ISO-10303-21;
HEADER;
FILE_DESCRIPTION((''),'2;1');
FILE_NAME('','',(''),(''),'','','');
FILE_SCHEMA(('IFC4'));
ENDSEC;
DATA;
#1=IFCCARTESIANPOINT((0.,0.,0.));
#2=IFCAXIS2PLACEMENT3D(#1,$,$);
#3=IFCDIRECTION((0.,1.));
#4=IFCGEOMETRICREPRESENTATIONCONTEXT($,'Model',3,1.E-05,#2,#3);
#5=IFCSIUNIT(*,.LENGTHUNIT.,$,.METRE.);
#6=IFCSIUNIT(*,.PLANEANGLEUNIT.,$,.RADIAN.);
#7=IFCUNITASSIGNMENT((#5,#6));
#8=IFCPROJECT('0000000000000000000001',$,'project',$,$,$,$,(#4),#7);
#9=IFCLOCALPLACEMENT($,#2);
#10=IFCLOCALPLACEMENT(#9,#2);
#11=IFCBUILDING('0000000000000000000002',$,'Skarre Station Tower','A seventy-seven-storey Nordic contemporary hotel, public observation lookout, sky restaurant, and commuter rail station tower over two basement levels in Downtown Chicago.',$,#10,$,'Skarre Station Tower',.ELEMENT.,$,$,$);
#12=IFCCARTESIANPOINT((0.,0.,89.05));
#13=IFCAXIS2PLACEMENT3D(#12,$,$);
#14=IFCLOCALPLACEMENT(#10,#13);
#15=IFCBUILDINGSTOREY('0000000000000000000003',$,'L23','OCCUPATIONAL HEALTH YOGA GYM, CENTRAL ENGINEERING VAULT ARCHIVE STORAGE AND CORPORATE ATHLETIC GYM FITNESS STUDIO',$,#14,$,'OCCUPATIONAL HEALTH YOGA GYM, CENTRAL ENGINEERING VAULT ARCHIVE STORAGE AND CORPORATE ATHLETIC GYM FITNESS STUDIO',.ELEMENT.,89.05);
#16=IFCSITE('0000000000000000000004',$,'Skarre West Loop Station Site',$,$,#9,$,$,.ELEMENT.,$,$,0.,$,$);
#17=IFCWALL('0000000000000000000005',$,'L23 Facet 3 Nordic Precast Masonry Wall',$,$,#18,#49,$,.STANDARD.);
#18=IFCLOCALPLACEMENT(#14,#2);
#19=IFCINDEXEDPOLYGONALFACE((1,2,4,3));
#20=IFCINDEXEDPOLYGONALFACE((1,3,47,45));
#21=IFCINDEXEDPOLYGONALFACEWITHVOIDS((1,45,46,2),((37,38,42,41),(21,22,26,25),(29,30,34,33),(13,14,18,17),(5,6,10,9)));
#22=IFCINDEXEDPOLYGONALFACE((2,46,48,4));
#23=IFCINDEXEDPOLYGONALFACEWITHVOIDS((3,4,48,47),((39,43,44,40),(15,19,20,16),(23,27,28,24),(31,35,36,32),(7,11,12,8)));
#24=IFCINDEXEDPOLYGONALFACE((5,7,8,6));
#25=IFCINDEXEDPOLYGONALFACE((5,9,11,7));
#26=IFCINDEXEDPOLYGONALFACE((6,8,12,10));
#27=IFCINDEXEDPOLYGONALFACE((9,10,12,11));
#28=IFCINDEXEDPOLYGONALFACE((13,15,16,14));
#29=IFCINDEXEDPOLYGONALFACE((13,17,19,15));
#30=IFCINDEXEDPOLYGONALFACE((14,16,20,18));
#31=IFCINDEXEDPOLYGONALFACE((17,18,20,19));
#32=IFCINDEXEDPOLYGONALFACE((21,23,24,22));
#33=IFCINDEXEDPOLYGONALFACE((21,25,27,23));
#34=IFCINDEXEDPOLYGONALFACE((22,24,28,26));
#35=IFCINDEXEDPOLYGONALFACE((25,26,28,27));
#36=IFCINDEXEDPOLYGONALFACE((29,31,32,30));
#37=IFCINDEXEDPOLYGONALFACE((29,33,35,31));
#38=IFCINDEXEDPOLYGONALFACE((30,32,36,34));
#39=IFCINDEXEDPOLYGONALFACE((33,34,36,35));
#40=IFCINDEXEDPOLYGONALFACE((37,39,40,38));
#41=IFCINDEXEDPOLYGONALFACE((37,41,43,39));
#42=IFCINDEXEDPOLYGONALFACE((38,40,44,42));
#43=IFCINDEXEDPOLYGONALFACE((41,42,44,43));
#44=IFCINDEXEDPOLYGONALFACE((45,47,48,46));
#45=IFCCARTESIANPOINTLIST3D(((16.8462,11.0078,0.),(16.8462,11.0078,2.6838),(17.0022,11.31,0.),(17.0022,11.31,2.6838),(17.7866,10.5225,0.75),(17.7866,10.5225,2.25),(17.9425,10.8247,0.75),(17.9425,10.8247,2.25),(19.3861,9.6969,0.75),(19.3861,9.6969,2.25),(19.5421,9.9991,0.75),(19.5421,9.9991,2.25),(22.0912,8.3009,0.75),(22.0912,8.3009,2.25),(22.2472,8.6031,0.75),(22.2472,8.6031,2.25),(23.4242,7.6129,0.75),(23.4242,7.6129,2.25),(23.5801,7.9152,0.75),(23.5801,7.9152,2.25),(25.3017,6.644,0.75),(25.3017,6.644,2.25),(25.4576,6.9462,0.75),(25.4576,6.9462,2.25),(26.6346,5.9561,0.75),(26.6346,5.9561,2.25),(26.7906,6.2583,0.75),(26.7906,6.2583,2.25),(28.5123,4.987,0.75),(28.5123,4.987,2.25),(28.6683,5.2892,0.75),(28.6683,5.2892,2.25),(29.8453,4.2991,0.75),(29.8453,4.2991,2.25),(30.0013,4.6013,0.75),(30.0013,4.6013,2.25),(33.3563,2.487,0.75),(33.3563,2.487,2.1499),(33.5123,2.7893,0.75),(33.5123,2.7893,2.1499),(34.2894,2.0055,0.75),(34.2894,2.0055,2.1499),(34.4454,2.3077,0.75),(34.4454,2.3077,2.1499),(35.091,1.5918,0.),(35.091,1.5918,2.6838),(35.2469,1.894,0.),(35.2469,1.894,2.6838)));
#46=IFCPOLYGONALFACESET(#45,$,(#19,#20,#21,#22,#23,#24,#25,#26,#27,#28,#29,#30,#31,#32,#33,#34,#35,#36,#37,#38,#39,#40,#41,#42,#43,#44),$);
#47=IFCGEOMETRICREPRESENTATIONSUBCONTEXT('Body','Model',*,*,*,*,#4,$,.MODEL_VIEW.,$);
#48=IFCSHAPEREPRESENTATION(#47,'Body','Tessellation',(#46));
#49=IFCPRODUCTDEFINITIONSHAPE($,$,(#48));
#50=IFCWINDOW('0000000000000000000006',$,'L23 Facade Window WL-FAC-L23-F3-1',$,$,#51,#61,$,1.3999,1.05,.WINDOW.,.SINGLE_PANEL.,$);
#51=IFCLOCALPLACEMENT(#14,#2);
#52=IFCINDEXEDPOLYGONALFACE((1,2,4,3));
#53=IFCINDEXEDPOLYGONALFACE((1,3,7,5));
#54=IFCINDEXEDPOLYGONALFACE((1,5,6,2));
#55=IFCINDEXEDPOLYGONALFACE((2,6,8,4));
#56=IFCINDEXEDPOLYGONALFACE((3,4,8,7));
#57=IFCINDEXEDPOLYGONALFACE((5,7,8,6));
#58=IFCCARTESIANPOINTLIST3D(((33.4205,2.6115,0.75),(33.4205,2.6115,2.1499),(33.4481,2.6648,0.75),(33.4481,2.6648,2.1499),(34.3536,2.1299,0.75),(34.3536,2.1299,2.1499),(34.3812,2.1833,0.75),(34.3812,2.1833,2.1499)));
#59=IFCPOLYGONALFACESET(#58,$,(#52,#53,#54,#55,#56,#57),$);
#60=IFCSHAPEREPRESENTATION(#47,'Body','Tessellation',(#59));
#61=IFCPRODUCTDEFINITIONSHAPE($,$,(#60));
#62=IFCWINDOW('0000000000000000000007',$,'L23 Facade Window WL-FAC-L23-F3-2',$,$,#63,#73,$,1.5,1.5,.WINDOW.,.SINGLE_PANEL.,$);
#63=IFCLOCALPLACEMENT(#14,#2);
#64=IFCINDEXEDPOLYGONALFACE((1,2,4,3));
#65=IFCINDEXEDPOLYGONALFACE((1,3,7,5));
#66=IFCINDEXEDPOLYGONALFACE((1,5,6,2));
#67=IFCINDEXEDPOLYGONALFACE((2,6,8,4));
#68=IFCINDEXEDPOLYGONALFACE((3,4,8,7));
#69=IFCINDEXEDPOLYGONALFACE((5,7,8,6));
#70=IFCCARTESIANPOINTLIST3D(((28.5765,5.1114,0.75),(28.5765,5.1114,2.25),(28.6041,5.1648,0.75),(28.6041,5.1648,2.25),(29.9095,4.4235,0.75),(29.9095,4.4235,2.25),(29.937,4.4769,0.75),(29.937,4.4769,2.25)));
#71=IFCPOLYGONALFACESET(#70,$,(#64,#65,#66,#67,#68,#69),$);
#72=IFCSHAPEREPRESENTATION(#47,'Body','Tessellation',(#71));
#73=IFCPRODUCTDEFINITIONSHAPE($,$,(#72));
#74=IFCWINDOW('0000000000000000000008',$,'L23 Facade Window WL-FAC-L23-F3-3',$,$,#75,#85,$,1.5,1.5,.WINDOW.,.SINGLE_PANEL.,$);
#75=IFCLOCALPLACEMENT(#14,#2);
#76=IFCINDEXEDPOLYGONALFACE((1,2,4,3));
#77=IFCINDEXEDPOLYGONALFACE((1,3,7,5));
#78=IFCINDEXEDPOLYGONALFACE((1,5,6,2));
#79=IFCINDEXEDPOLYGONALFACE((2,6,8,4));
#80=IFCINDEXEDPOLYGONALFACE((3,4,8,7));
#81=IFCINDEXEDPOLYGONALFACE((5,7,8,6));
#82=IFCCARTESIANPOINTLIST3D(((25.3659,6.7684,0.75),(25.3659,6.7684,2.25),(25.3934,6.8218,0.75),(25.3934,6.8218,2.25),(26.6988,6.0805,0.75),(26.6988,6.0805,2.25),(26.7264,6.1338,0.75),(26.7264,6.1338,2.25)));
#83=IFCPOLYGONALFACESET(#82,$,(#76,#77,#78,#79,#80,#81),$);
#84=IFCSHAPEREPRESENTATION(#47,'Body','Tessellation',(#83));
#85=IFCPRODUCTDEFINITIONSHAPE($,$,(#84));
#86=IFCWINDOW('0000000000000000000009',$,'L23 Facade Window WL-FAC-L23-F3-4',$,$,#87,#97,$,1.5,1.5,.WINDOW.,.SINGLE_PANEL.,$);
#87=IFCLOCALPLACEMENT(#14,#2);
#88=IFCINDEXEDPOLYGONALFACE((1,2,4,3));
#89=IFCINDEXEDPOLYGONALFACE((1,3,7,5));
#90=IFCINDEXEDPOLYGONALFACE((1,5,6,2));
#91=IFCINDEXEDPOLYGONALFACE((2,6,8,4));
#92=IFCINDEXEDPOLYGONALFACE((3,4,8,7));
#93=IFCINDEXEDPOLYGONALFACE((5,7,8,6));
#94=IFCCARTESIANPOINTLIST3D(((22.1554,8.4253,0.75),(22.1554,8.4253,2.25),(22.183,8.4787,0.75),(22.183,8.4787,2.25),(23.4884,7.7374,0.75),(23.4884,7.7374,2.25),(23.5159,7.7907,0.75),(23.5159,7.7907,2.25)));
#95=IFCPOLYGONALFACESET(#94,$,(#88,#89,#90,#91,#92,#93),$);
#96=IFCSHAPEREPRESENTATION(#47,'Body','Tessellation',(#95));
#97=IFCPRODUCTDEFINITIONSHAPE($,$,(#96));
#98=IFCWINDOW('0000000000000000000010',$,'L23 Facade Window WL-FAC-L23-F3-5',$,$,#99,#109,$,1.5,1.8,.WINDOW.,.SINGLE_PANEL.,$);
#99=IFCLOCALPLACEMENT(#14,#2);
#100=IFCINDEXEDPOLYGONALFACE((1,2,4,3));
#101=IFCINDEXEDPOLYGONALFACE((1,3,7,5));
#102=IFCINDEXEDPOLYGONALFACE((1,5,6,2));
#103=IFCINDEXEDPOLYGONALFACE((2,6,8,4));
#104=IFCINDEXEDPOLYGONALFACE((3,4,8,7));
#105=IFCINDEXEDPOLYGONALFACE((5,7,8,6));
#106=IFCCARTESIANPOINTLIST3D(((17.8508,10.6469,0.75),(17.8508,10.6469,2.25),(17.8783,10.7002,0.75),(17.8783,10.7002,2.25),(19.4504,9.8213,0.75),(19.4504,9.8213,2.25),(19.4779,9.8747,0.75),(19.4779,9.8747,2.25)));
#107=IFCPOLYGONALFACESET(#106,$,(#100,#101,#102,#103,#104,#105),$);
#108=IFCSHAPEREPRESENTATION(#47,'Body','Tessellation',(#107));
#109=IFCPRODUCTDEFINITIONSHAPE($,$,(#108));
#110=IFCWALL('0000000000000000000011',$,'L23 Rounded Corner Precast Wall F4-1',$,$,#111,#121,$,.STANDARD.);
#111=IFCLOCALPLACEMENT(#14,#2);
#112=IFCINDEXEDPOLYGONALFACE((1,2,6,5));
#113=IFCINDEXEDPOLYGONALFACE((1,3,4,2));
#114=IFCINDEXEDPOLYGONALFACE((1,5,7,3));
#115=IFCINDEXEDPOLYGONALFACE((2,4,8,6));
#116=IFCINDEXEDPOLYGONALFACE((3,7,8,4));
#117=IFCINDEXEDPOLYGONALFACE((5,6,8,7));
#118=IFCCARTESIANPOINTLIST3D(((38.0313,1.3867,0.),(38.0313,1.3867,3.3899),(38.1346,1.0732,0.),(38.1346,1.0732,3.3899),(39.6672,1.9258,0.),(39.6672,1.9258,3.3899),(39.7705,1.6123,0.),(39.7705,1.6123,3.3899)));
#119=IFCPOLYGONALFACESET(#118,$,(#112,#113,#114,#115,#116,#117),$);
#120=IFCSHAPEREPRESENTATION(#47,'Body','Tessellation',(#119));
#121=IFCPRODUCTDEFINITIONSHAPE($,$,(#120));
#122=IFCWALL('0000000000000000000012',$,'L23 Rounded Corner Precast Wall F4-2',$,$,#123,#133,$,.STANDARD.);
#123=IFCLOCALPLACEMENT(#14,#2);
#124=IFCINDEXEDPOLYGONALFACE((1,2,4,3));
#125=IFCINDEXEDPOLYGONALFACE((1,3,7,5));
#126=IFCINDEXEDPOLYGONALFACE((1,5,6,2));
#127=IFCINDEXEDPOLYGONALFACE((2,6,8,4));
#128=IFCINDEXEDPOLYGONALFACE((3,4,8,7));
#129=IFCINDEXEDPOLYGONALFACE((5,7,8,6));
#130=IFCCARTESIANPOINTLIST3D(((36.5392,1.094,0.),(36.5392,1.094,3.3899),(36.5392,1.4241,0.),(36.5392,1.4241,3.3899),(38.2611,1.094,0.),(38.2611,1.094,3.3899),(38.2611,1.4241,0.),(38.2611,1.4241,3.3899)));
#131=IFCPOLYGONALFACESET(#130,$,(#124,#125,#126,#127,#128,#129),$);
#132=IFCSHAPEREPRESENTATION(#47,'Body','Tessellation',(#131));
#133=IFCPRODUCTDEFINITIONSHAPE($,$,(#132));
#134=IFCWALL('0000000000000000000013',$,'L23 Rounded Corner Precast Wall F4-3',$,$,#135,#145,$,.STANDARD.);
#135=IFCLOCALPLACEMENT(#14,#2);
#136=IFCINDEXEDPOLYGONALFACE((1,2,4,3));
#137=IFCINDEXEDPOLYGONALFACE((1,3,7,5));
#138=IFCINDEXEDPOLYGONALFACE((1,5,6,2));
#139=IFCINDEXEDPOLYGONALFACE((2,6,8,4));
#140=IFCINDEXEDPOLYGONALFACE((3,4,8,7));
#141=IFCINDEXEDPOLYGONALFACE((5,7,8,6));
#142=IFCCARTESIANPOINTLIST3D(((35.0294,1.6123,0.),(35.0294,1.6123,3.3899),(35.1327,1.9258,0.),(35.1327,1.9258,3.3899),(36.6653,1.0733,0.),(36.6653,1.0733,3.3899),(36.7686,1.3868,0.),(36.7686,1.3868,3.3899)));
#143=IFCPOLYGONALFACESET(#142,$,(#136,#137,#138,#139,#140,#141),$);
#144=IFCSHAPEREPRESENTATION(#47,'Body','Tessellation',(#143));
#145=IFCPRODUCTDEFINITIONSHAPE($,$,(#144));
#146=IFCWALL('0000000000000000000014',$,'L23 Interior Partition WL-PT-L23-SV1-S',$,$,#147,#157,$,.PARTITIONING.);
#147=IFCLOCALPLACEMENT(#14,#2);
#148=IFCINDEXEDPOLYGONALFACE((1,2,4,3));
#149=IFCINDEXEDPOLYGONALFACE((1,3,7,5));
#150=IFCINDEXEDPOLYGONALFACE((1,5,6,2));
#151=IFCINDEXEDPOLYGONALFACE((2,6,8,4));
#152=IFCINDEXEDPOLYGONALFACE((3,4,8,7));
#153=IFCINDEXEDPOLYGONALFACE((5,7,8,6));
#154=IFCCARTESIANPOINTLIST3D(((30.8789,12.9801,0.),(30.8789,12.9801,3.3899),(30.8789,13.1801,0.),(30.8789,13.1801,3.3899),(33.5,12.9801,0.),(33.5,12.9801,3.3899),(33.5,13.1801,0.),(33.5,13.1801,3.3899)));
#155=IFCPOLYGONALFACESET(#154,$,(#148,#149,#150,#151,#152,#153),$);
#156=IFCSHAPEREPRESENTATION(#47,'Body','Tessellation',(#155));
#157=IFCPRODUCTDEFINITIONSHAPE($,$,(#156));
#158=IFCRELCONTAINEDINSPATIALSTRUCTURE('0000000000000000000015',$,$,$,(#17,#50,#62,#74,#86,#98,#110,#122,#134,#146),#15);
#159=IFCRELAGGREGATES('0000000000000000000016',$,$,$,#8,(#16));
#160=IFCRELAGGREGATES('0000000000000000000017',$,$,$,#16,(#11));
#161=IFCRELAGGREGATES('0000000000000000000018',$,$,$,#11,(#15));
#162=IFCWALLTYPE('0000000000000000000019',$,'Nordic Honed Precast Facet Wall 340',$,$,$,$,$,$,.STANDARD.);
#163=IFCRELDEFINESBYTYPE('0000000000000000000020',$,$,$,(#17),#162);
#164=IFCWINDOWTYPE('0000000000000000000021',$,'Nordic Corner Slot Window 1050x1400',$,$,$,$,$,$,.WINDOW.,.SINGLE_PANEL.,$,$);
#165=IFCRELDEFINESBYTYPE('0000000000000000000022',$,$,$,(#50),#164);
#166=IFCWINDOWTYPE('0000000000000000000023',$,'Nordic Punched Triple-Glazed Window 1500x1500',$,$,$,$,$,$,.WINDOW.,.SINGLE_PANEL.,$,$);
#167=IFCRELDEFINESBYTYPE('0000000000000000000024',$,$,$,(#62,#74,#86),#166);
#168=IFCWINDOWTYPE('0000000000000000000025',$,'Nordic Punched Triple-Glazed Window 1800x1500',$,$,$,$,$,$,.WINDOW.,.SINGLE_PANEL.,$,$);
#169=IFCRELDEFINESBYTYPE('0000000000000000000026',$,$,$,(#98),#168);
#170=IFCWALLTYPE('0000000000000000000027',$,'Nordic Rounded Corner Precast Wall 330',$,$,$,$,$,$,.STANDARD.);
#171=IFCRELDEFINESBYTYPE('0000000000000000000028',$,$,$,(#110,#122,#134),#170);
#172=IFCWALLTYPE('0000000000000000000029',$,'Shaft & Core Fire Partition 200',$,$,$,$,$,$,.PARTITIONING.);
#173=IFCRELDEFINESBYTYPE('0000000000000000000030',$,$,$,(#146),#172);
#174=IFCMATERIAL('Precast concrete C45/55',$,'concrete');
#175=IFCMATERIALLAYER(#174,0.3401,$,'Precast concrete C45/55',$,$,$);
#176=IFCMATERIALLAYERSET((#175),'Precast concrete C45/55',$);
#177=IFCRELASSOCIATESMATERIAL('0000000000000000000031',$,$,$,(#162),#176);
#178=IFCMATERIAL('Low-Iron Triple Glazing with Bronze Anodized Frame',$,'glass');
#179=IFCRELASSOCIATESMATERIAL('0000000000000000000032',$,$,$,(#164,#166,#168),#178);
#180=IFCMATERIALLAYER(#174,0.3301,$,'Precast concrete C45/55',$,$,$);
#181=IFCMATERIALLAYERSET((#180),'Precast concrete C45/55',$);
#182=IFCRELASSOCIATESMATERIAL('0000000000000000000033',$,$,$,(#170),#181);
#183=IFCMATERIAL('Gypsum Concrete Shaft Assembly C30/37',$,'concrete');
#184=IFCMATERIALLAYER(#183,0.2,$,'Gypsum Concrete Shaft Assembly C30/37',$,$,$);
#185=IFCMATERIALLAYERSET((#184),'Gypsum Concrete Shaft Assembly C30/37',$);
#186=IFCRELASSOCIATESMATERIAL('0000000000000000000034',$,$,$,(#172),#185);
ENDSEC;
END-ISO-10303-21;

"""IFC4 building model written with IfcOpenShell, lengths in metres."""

from ifc_helpers import new_model, si_unit, direction, frame, frame_2d, origin, place, context, subcontext, project, spatial, rectangle, extrude, material, layer, layer_set, type_object, element, fill, save


model = new_model("IFC4")

# Units and contexts
model_context = context("Model", 3, precision=1e-05, world=origin(), true_north=direction((0.0, 1.0)))
body_context = subcontext(model_context, "Body", "Model", "MODEL_VIEW")
ifc_project = project(units=[si_unit("LENGTHUNIT", "METRE"), si_unit("PLANEANGLEUNIT", "RADIAN")], contexts=[model_context])

# Site, building, storey
site_placement = place(None, origin())
site = spatial("IfcSite", under=ifc_project, at=site_placement, Name="Skarre West Loop Station Site", CompositionType="ELEMENT", RefElevation=0.0)
building_placement = place(site_placement, origin())
building = spatial("IfcBuilding", under=site, at=building_placement, Name="Skarre Station Tower", Description="A seventy-seven-storey Nordic contemporary hotel, public observation lookout, sky restaurant, and commuter rail station tower over two basement levels in Downtown Chicago.", LongName="Skarre Station Tower", CompositionType="ELEMENT")
storey_placement = place(building_placement, frame((0.0, 0.0, 89.05)))
storey = spatial("IfcBuildingStorey", under=building, at=storey_placement, Name="L23", Description="OCCUPATIONAL HEALTH YOGA GYM, CENTRAL ENGINEERING VAULT ARCHIVE STORAGE AND CORPORATE ATHLETIC GYM FITNESS STUDIO", LongName="OCCUPATIONAL HEALTH YOGA GYM, CENTRAL ENGINEERING VAULT ARCHIVE STORAGE AND CORPORATE ATHLETIC GYM FITNESS STUDIO", CompositionType="ELEMENT", Elevation=89.05)

# Wall, openings, windows
ifc_material_1 = material(Name="Precast concrete C45/55", Category="concrete")
ifc_layer_1 = layer(ifc_material_1, 0.3401, Name="Precast concrete C45/55")
ifc_layer_set_1 = layer_set([ifc_layer_1], Name="Precast concrete C45/55")
wall_type_1 = type_object("IfcWallType", Name="Nordic Honed Precast Facet Wall 340", PredefinedType="STANDARD", material=ifc_layer_set_1)
wall_1_placement = place(storey_placement, frame((35.1689, 1.7429, 0.0), z_axis=(0.0, 0.0, 1.0), x_axis=(-0.888634, 0.458616, 0.0)))
wall_1 = element("IfcWall", 1, at=wall_1_placement, inside=storey, type_object=wall_type_1, Name="L23 Facet 3 Nordic Precast Masonry Wall", PredefinedType="STANDARD", context=body_context, shape_type="SweptSolid", body=[
    extrude(rectangle(XDim=20.5312, YDim=0.3401, at=frame_2d((10.2656, 0.0))), origin(), (0.0, 0.0, 1.0), 2.6838),
])
opening_1_placement = place(wall_1_placement, frame((0.9021, 0.0, 0.75)))
opening_1 = element("IfcOpeningElement", 2, at=opening_1_placement, cuts=wall_1, PredefinedType="OPENING", context=body_context, shape_type="SweptSolid", body=[
    extrude(rectangle(XDim=1.05, YDim=1.3999, at=frame_2d((0.5249, 0.7))), frame((0.0, 0.1799, 0.0), z_axis=(0.0, -1.0, 0.0), x_axis=(1.0, 0.0, 0.0)), (0.0, 0.0, 1.0), 0.3601),
])
opening_2_placement = place(wall_1_placement, frame((5.9031, 0.0, 0.75)))
opening_2 = element("IfcOpeningElement", 3, at=opening_2_placement, cuts=wall_1, PredefinedType="OPENING", context=body_context, shape_type="SweptSolid", body=[
    extrude(rectangle(XDim=1.5, YDim=1.5, at=frame_2d((0.75, 0.75))), frame((0.0, 0.1799, 0.0), z_axis=(0.0, -1.0, 0.0), x_axis=(1.0, 0.0, 0.0)), (0.0, 0.0, 1.0), 0.3601),
])
opening_3_placement = place(wall_1_placement, frame((9.5161, 0.0, 0.75)))
opening_3 = element("IfcOpeningElement", 4, at=opening_3_placement, cuts=wall_1, PredefinedType="OPENING", context=body_context, shape_type="SweptSolid", body=[
    extrude(rectangle(XDim=1.5, YDim=1.5, at=frame_2d((0.75, 0.75))), frame((0.0, 0.1799, 0.0), z_axis=(0.0, -1.0, 0.0), x_axis=(1.0, 0.0, 0.0)), (0.0, 0.0, 1.0), 0.3601),
])
opening_4_placement = place(wall_1_placement, frame((13.1289, 0.0, 0.75)))
opening_4 = element("IfcOpeningElement", 5, at=opening_4_placement, cuts=wall_1, PredefinedType="OPENING", context=body_context, shape_type="SweptSolid", body=[
    extrude(rectangle(XDim=1.5, YDim=1.5, at=frame_2d((0.75, 0.75))), frame((0.0, 0.1799, 0.0), z_axis=(0.0, -1.0, 0.0), x_axis=(1.0, 0.0, 0.0)), (0.0, 0.0, 1.0), 0.3601),
])
opening_5_placement = place(wall_1_placement, frame((17.6731, 0.0, 0.75)))
opening_5 = element("IfcOpeningElement", 6, at=opening_5_placement, cuts=wall_1, PredefinedType="OPENING", context=body_context, shape_type="SweptSolid", body=[
    extrude(rectangle(XDim=1.8, YDim=1.5, at=frame_2d((0.8999, 0.75))), frame((0.0, 0.1799, 0.0), z_axis=(0.0, -1.0, 0.0), x_axis=(1.0, 0.0, 0.0)), (0.0, 0.0, 1.0), 0.3601),
])
ifc_material_2 = material(Name="Low-Iron Triple Glazing with Bronze Anodized Frame", Category="glass")
window_type_1 = type_object("IfcWindowType", Name="Nordic Corner Slot Window 1050x1400", PartitioningType="SINGLE_PANEL", PredefinedType="WINDOW", material=ifc_material_2)
window_1_placement = place(opening_1_placement, origin())
window_1 = element("IfcWindow", 7, at=window_1_placement, inside=storey, type_object=window_type_1, Name="L23 Facade Window WL-FAC-L23-F3-1", OverallHeight=1.3999, OverallWidth=1.05, PartitioningType="SINGLE_PANEL", PredefinedType="WINDOW", context=body_context, shape_type="SweptSolid", body=[
    extrude(rectangle(XDim=1.05, YDim=1.3999, at=frame_2d((0.5249, 0.7))), frame((0.0, 0.03, 0.0), z_axis=(0.0, -1.0, 0.0), x_axis=(1.0, 0.0, 0.0)), (0.0, 0.0, 1.0), 0.0601),
])
fill(opening_1, window_1)
window_type_2 = type_object("IfcWindowType", Name="Nordic Punched Triple-Glazed Window 1500x1500", PartitioningType="SINGLE_PANEL", PredefinedType="WINDOW", material=ifc_material_2)
window_2_placement = place(opening_2_placement, origin())
window_2 = element("IfcWindow", 8, at=window_2_placement, inside=storey, type_object=window_type_2, Name="L23 Facade Window WL-FAC-L23-F3-2", OverallHeight=1.5, OverallWidth=1.5, PartitioningType="SINGLE_PANEL", PredefinedType="WINDOW", context=body_context, shape_type="SweptSolid", body=[
    extrude(rectangle(XDim=1.5, YDim=1.5, at=frame_2d((0.75, 0.75))), frame((0.0, 0.03, 0.0), z_axis=(0.0, -1.0, 0.0), x_axis=(1.0, 0.0, 0.0)), (0.0, 0.0, 1.0), 0.0601),
])
fill(opening_2, window_2)
window_3_placement = place(opening_3_placement, origin())
window_3 = element("IfcWindow", 9, at=window_3_placement, inside=storey, type_object=window_type_2, Name="L23 Facade Window WL-FAC-L23-F3-3", OverallHeight=1.5, OverallWidth=1.5, PartitioningType="SINGLE_PANEL", PredefinedType="WINDOW", context=body_context, shape_type="SweptSolid", body=[
    extrude(rectangle(XDim=1.5, YDim=1.5, at=frame_2d((0.75, 0.75))), frame((0.0, 0.03, 0.0), z_axis=(0.0, -1.0, 0.0), x_axis=(1.0, 0.0, 0.0)), (0.0, 0.0, 1.0), 0.0601),
])
fill(opening_3, window_3)
window_4_placement = place(opening_4_placement, origin())
window_4 = element("IfcWindow", 10, at=window_4_placement, inside=storey, type_object=window_type_2, Name="L23 Facade Window WL-FAC-L23-F3-4", OverallHeight=1.5, OverallWidth=1.5, PartitioningType="SINGLE_PANEL", PredefinedType="WINDOW", context=body_context, shape_type="SweptSolid", body=[
    extrude(rectangle(XDim=1.5, YDim=1.5, at=frame_2d((0.75, 0.75))), frame((0.0, 0.03, 0.0), z_axis=(0.0, -1.0, 0.0), x_axis=(1.0, 0.0, 0.0)), (0.0, 0.0, 1.0), 0.0601),
])
fill(opening_4, window_4)
window_type_3 = type_object("IfcWindowType", Name="Nordic Punched Triple-Glazed Window 1800x1500", PartitioningType="SINGLE_PANEL", PredefinedType="WINDOW", material=ifc_material_2)
window_5_placement = place(opening_5_placement, origin())
window_5 = element("IfcWindow", 11, at=window_5_placement, inside=storey, type_object=window_type_3, Name="L23 Facade Window WL-FAC-L23-F3-5", OverallHeight=1.5, OverallWidth=1.8, PartitioningType="SINGLE_PANEL", PredefinedType="WINDOW", context=body_context, shape_type="SweptSolid", body=[
    extrude(rectangle(XDim=1.8, YDim=1.5, at=frame_2d((0.8999, 0.75))), frame((0.0, 0.03, 0.0), z_axis=(0.0, -1.0, 0.0), x_axis=(1.0, 0.0, 0.0)), (0.0, 0.0, 1.0), 0.0601),
])
fill(opening_5, window_5)

# Walls
ifc_layer_2 = layer(ifc_material_1, 0.3301, Name="Precast concrete C45/55")
ifc_layer_set_2 = layer_set([ifc_layer_2], Name="Precast concrete C45/55")
wall_type_2 = type_object("IfcWallType", Name="Nordic Rounded Corner Precast Wall 330", PredefinedType="STANDARD", material=ifc_layer_set_2)
wall_2_placement = place(storey_placement, frame((39.719, 1.769, 0.0), z_axis=(0.0, 0.0, 1.0), x_axis=(-0.949769, -0.312952, 0.0)))
element("IfcWall", 12, at=wall_2_placement, inside=storey, type_object=wall_type_2, Name="L23 Rounded Corner Precast Wall F4-1", PredefinedType="STANDARD", context=body_context, shape_type="SweptSolid", body=[
    extrude(rectangle(XDim=1.7224, YDim=0.3301, at=frame_2d((0.8613, 0.0))), origin(), (0.0, 0.0, 1.0), 3.3899),
])
wall_3_placement = place(storey_placement, frame((38.261, 1.259, 0.0), z_axis=(0.0, 0.0, 1.0), x_axis=(-1.0, 0.0, 0.0)))
element("IfcWall", 13, at=wall_3_placement, inside=storey, type_object=wall_type_2, Name="L23 Rounded Corner Precast Wall F4-2", PredefinedType="STANDARD", context=body_context, shape_type="SweptSolid", body=[
    extrude(rectangle(XDim=1.7219, YDim=0.3301, at=frame_2d((0.8608, 0.0))), origin(), (0.0, 0.0, 1.0), 3.3899),
])
wall_4_placement = place(storey_placement, frame((36.717, 1.23, 0.0), z_axis=(0.0, 0.0, 1.0), x_axis=(-0.949769, 0.312952, 0.0)))
element("IfcWall", 14, at=wall_4_placement, inside=storey, type_object=wall_type_2, Name="L23 Rounded Corner Precast Wall F4-3", PredefinedType="STANDARD", context=body_context, shape_type="SweptSolid", body=[
    extrude(rectangle(XDim=1.7224, YDim=0.3301, at=frame_2d((0.8613, 0.0))), origin(), (0.0, 0.0, 1.0), 3.3899),
])
ifc_material_3 = material(Name="Gypsum Concrete Shaft Assembly C30/37", Category="concrete")
ifc_layer_3 = layer(ifc_material_3, 0.2, Name="Gypsum Concrete Shaft Assembly C30/37")
ifc_layer_set_3 = layer_set([ifc_layer_3], Name="Gypsum Concrete Shaft Assembly C30/37")
wall_type_3 = type_object("IfcWallType", Name="Shaft & Core Fire Partition 200", PredefinedType="PARTITIONING", material=ifc_layer_set_3)
wall_5_placement = place(storey_placement, frame((30.8789, 13.0801, 0.0), z_axis=(0.0, 0.0, 1.0), x_axis=(1.0, 0.0, 0.0)))
element("IfcWall", 15, at=wall_5_placement, inside=storey, type_object=wall_type_3, Name="L23 Interior Partition WL-PT-L23-SV1-S", PredefinedType="PARTITIONING", context=body_context, shape_type="SweptSolid", body=[
    extrude(rectangle(XDim=2.6211, YDim=0.2, at=frame_2d((1.3105, 0.0))), origin(), (0.0, 0.0, 1.0), 3.3899),
])

save(model, "model.ifc")
